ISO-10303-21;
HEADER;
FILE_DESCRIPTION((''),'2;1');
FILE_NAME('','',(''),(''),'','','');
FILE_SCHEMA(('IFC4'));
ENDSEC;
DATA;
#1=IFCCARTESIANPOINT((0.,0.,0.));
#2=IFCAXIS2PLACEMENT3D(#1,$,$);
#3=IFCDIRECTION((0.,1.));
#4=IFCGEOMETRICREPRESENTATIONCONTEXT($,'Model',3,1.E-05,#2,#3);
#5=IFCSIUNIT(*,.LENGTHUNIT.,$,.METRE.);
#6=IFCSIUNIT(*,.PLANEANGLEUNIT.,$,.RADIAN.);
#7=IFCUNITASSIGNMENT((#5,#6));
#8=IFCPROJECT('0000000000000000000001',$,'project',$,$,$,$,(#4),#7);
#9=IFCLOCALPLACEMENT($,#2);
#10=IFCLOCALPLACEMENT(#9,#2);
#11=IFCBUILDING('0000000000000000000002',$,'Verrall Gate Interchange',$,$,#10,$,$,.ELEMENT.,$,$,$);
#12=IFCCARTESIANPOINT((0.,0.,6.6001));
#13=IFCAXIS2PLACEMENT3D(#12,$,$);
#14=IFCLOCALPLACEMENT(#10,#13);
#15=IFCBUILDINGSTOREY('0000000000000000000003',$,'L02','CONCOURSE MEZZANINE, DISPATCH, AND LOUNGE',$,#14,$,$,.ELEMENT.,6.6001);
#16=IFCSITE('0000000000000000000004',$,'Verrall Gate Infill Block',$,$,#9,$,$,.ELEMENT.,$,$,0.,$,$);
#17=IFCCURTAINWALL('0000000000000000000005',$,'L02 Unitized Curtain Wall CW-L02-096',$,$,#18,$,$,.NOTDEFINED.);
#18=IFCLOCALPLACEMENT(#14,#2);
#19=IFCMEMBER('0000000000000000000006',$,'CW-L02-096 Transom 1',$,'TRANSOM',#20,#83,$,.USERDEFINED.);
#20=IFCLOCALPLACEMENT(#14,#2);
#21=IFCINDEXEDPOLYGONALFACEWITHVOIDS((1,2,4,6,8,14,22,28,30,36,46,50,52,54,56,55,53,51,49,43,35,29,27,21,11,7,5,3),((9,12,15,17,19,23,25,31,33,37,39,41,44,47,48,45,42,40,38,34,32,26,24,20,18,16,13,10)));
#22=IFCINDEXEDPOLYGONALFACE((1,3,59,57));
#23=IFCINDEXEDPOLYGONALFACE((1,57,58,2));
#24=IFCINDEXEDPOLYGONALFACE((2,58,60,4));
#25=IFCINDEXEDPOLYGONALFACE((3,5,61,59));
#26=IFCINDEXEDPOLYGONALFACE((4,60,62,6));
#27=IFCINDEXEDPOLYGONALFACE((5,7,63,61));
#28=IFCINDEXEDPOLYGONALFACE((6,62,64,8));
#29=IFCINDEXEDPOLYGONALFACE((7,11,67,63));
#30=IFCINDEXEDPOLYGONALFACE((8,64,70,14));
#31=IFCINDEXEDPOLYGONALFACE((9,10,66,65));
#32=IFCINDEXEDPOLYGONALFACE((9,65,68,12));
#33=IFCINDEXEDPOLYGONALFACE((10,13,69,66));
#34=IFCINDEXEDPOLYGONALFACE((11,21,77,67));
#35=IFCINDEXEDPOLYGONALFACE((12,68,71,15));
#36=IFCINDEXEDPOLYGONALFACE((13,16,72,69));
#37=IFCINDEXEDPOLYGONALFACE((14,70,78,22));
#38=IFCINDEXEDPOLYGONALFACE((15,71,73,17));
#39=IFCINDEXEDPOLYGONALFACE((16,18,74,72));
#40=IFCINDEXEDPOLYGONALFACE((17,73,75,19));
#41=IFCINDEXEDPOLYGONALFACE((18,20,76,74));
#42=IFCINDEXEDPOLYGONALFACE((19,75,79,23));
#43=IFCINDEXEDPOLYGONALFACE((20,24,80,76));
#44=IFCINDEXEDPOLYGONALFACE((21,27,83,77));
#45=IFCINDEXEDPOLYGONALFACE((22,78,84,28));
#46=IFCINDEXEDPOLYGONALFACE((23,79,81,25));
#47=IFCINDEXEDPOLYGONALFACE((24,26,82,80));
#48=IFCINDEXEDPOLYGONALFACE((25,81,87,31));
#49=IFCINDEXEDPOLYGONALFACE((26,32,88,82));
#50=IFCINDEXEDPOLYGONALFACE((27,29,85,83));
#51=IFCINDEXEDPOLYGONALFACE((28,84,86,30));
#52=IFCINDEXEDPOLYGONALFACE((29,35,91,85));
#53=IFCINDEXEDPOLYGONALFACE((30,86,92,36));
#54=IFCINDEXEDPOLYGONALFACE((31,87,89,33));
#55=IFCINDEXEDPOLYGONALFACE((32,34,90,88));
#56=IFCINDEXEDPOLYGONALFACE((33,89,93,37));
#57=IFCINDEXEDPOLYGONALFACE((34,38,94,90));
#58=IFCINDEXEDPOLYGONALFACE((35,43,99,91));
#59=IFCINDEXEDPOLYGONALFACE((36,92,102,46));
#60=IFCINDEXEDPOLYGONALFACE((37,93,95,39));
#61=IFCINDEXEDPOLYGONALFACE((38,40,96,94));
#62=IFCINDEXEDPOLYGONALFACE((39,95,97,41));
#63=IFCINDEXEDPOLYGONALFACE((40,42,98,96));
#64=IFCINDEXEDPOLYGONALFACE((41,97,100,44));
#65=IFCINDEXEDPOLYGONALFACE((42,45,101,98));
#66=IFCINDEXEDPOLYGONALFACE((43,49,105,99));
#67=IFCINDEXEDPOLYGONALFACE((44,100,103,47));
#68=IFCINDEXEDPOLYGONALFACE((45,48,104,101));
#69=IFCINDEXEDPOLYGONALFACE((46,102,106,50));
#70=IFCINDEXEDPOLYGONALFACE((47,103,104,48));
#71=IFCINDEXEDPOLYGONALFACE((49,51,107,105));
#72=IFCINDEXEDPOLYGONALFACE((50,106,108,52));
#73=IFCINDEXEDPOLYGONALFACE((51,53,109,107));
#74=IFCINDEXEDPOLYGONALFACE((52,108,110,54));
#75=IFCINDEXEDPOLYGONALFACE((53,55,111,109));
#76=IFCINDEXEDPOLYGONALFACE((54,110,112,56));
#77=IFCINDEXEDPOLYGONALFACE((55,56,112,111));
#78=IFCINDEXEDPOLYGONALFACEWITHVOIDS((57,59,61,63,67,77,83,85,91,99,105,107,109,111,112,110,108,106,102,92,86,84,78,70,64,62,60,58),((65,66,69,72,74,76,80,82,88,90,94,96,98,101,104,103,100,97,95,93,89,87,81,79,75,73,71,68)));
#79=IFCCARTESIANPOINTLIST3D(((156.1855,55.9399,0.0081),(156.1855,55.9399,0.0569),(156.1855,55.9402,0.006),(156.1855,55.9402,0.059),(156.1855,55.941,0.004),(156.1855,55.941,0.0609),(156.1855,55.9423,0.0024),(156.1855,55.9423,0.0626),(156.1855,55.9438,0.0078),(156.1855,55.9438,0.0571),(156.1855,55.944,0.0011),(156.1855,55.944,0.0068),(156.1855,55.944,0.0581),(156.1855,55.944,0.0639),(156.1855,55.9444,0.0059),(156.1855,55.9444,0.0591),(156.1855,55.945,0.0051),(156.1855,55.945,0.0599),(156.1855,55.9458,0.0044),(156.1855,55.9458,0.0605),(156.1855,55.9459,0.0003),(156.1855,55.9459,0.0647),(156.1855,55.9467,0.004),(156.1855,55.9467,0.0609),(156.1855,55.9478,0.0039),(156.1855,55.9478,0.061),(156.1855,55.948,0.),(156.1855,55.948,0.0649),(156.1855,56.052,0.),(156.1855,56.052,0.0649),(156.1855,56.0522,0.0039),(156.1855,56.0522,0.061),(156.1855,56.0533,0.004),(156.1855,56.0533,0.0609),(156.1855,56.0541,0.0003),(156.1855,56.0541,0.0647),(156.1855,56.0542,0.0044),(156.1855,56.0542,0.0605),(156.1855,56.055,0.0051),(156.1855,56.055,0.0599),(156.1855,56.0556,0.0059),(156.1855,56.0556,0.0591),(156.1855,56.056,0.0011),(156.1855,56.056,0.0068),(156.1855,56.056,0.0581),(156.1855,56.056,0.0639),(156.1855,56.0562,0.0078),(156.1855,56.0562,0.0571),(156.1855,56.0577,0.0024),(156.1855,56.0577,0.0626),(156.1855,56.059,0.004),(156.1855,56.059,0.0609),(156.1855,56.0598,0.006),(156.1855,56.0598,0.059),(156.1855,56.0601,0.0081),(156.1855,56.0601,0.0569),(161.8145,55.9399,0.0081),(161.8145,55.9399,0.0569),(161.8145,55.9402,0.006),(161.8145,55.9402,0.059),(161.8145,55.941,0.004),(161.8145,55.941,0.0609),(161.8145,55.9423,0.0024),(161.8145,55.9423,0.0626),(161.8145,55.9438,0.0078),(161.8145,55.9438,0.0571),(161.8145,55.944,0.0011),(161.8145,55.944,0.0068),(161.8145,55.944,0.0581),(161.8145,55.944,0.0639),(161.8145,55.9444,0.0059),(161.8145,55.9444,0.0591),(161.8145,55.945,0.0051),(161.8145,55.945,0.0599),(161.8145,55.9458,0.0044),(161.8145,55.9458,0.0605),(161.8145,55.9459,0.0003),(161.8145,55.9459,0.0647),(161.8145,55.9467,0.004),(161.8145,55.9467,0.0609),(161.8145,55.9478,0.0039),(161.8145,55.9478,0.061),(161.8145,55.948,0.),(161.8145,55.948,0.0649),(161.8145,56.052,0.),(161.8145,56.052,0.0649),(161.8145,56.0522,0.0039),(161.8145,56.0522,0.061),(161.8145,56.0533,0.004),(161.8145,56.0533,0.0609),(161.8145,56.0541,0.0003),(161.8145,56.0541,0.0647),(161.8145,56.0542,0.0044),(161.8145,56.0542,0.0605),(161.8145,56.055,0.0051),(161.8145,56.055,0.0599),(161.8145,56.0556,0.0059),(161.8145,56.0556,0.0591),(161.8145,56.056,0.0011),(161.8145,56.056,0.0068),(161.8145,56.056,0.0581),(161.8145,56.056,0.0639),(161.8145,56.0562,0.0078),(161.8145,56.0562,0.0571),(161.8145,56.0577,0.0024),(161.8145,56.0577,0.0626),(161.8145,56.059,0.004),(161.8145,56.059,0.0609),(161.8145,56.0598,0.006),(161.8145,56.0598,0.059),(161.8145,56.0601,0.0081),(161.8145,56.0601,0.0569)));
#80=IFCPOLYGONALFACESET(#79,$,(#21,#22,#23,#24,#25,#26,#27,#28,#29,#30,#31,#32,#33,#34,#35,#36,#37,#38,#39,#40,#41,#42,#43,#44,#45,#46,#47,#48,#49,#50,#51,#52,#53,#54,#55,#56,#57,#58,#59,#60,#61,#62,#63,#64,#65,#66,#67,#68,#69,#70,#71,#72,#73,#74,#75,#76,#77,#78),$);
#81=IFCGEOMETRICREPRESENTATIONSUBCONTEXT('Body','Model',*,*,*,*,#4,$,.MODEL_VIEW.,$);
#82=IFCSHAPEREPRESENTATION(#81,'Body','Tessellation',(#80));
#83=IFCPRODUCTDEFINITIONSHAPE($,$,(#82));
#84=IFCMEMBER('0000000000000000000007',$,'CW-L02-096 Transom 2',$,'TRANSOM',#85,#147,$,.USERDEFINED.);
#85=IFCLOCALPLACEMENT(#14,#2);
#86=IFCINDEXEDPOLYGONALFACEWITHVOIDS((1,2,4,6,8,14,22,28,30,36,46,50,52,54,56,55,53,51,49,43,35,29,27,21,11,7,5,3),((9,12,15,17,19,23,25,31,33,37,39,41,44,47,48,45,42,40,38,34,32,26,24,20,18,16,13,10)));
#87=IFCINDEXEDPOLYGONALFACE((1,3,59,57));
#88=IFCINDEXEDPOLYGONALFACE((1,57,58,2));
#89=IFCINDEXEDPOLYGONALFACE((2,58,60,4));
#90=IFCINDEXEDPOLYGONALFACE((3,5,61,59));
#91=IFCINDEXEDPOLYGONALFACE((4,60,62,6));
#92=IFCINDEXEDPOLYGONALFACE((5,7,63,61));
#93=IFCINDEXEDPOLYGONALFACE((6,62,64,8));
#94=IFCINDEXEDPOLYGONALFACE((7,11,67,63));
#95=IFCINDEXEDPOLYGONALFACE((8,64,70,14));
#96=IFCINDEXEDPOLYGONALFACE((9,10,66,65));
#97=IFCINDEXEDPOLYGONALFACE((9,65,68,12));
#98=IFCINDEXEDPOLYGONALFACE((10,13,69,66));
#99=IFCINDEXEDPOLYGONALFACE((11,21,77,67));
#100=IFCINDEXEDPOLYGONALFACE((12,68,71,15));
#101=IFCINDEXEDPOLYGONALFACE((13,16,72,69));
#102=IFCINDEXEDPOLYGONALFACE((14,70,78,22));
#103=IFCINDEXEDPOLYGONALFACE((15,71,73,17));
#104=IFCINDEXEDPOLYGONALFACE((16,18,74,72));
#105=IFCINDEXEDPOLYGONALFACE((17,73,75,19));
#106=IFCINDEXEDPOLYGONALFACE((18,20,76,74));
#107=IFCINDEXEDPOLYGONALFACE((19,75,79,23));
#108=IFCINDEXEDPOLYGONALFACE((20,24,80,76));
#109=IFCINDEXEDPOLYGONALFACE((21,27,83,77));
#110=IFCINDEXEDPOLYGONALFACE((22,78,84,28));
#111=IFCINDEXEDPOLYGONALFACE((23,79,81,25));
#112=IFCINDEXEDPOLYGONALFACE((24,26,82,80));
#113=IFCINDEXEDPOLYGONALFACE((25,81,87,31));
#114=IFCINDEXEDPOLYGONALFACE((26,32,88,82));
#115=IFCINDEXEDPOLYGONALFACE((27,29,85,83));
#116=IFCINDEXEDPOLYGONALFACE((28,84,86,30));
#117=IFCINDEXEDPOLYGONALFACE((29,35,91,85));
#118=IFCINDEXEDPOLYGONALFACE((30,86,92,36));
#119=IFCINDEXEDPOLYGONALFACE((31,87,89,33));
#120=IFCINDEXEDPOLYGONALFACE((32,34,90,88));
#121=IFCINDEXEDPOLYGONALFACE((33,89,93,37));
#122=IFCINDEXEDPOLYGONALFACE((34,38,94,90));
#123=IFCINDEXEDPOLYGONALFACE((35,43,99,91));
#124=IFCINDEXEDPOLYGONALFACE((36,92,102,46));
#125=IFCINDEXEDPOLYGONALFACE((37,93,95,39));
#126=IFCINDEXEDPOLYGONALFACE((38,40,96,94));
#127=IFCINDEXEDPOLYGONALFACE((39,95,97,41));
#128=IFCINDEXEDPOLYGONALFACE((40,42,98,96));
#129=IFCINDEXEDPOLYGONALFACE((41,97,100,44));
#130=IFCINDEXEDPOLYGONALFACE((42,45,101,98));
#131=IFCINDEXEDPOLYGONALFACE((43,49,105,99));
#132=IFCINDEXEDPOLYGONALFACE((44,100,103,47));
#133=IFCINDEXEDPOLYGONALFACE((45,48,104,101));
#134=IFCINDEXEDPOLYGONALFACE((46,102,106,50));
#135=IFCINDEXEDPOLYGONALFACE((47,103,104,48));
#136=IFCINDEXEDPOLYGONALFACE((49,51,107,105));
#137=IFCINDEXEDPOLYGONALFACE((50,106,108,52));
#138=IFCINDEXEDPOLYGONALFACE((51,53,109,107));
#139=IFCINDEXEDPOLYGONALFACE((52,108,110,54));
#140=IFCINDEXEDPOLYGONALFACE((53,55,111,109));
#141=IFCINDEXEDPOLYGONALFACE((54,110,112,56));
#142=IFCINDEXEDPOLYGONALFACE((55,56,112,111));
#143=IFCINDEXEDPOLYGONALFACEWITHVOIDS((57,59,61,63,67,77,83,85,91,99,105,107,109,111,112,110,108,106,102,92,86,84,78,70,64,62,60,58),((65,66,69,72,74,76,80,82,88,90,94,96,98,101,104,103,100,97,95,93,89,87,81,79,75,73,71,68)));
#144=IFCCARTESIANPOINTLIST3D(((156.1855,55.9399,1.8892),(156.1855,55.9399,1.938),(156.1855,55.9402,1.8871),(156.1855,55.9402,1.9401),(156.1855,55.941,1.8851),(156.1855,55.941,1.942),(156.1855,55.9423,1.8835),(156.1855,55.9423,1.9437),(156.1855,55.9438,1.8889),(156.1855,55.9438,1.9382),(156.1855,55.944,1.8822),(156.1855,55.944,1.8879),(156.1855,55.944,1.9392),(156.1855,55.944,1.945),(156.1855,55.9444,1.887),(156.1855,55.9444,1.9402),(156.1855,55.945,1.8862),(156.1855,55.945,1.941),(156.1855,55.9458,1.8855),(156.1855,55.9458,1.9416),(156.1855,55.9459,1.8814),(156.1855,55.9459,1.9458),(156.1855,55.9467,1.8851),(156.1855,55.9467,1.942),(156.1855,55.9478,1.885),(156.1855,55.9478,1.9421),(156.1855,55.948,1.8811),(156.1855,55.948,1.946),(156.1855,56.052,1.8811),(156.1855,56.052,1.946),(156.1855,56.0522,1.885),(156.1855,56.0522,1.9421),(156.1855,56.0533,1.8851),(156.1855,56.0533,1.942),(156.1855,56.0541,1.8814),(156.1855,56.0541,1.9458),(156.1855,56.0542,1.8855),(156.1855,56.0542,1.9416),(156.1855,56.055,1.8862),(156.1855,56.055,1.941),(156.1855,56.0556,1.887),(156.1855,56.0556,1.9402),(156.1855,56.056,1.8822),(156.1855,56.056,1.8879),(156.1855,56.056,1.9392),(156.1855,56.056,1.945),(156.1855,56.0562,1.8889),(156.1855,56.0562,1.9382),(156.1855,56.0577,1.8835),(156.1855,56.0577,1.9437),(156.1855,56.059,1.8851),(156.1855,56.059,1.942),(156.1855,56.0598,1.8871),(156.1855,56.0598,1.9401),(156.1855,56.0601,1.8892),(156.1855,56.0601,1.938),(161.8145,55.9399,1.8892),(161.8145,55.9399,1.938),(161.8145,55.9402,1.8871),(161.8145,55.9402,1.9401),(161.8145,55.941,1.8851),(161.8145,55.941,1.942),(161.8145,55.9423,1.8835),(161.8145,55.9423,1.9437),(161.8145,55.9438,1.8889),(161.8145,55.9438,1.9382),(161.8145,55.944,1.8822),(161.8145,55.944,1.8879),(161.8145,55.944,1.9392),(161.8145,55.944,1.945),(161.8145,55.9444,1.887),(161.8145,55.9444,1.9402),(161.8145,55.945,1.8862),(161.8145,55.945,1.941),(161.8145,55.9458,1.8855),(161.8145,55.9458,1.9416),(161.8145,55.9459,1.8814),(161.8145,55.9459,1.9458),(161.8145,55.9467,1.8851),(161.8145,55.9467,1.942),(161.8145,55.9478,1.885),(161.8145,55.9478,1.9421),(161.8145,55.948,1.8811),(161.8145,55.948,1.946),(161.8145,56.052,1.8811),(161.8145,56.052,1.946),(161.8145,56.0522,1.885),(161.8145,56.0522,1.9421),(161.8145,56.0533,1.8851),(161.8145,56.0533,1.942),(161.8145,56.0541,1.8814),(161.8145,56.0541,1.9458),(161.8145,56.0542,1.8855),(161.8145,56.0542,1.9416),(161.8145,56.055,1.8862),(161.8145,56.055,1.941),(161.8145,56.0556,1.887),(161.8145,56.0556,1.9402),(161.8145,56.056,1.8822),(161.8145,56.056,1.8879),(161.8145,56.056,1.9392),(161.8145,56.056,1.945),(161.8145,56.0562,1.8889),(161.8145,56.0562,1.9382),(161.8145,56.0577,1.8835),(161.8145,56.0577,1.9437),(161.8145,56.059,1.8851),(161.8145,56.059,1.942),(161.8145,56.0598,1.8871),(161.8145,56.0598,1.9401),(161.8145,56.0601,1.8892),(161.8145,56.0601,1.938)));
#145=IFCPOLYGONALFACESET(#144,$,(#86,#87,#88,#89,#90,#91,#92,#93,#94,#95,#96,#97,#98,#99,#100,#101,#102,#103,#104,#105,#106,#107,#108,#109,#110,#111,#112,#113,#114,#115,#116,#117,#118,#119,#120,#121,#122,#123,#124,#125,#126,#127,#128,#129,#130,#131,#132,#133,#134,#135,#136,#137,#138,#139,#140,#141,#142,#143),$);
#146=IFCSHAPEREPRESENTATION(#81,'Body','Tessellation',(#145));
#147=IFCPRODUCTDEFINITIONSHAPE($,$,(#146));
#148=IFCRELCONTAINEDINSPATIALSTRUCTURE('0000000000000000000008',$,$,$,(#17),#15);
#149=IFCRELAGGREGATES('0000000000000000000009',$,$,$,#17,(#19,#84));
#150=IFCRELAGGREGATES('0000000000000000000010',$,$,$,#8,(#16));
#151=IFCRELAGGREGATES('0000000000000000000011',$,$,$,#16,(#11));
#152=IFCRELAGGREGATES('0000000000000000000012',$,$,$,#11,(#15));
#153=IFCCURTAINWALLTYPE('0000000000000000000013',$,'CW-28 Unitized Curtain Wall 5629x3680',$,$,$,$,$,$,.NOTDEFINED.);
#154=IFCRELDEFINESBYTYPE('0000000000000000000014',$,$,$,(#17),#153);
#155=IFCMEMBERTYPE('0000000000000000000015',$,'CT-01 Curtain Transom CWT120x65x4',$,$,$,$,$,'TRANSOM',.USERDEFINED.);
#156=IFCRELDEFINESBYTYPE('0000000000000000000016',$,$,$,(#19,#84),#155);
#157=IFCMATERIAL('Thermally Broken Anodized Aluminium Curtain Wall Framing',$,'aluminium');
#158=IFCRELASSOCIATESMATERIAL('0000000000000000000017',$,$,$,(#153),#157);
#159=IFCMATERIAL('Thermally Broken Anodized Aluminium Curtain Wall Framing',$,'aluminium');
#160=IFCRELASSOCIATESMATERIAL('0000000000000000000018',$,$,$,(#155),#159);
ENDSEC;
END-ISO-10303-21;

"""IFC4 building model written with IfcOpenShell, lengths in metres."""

from ifc_helpers import new_model, si_unit, direction, frame, origin, origin_2d, place, context, subcontext, project, spatial, hollow_rectangle, extrude, material, material_profile, profile_set, type_object, element, aggregate, save


model = new_model("IFC4")

# Units and contexts
model_context = context("Model", 3, precision=1e-05, world=origin(), true_north=direction((0.0, 1.0)))
body_context = subcontext(model_context, "Body", "Model", "MODEL_VIEW")
ifc_project = project(units=[si_unit("LENGTHUNIT", "METRE"), si_unit("PLANEANGLEUNIT", "RADIAN")], contexts=[model_context])

# Site, building, storey
site_placement = place(None, origin())
site = spatial("IfcSite", under=ifc_project, at=site_placement, Name="Verrall Gate Infill Block", CompositionType="ELEMENT", RefElevation=0.0)
building_placement = place(site_placement, origin())
building = spatial("IfcBuilding", under=site, at=building_placement, Name="Verrall Gate Interchange", CompositionType="ELEMENT")
storey_placement = place(building_placement, frame((0.0, 0.0, 6.6001)))
storey = spatial("IfcBuildingStorey", under=building, at=storey_placement, Name="L02", Description="CONCOURSE MEZZANINE, DISPATCH, AND LOUNGE", CompositionType="ELEMENT", Elevation=6.6001)

# Curtain wall
ifc_material_1 = material(Name="Thermally Broken Anodized Aluminium Curtain Wall Framing", Category="aluminium")
curtain_wall_type_1 = type_object("IfcCurtainWallType", Name="CW-28 Unitized Curtain Wall 5629x3680", PredefinedType="NOTDEFINED", material=ifc_material_1)
curtain_wall_1_placement = place(storey_placement, origin())
curtain_wall_1 = element("IfcCurtainWall", 1, at=curtain_wall_1_placement, inside=storey, type_object=curtain_wall_type_1, Name="L02 Unitized Curtain Wall CW-L02-096", PredefinedType="NOTDEFINED")

# Members
ifc_material_2 = material(Name="Thermally Broken Anodized Aluminium Curtain Wall Framing", Category="aluminium")
ifc_material_profile_1 = material_profile(ifc_material_2, hollow_rectangle(XDim=0.1201, YDim=0.0649, WallThickness=0.0039, InnerFilletRadius=0.0039, OuterFilletRadius=0.0081, at=origin_2d()), Name="CWT120x65x4")
ifc_profile_set_1 = profile_set([ifc_material_profile_1], Name="Thermally Broken Anodized Aluminium Curtain Wall Framing")
member_type_1 = type_object("IfcMemberType", Name="CT-01 Curtain Transom CWT120x65x4", ElementType="TRANSOM", PredefinedType="USERDEFINED", material=ifc_profile_set_1)
member_1_placement = place(storey_placement, frame((161.8145, 56.0, 0.0325), z_axis=(-1.0, 0.0, 0.0), x_axis=(0.0, -1.0, 0.0)))
member_1 = element("IfcMember", 2, at=member_1_placement, type_object=member_type_1, Name="CW-L02-096 Transom 1", ObjectType="TRANSOM", PredefinedType="USERDEFINED", context=body_context, shape_type="SweptSolid", body=[
    extrude(hollow_rectangle(XDim=0.1201, YDim=0.0649, WallThickness=0.0039, InnerFilletRadius=0.0039, OuterFilletRadius=0.0081, at=origin_2d()), origin(), (0.0, 0.0, 1.0), 5.6289),
])
member_2_placement = place(storey_placement, frame((161.8145, 56.0, 1.9136), z_axis=(-1.0, 0.0, 0.0), x_axis=(0.0, -1.0, 0.0)))
member_2 = element("IfcMember", 3, at=member_2_placement, type_object=member_type_1, Name="CW-L02-096 Transom 2", ObjectType="TRANSOM", PredefinedType="USERDEFINED", context=body_context, shape_type="SweptSolid", body=[
    extrude(hollow_rectangle(XDim=0.1201, YDim=0.0649, WallThickness=0.0039, InnerFilletRadius=0.0039, OuterFilletRadius=0.0081, at=origin_2d()), origin(), (0.0, 0.0, 1.0), 5.6289),
])

aggregate(curtain_wall_1, [member_1, member_2])

save(model, "model.ifc")
